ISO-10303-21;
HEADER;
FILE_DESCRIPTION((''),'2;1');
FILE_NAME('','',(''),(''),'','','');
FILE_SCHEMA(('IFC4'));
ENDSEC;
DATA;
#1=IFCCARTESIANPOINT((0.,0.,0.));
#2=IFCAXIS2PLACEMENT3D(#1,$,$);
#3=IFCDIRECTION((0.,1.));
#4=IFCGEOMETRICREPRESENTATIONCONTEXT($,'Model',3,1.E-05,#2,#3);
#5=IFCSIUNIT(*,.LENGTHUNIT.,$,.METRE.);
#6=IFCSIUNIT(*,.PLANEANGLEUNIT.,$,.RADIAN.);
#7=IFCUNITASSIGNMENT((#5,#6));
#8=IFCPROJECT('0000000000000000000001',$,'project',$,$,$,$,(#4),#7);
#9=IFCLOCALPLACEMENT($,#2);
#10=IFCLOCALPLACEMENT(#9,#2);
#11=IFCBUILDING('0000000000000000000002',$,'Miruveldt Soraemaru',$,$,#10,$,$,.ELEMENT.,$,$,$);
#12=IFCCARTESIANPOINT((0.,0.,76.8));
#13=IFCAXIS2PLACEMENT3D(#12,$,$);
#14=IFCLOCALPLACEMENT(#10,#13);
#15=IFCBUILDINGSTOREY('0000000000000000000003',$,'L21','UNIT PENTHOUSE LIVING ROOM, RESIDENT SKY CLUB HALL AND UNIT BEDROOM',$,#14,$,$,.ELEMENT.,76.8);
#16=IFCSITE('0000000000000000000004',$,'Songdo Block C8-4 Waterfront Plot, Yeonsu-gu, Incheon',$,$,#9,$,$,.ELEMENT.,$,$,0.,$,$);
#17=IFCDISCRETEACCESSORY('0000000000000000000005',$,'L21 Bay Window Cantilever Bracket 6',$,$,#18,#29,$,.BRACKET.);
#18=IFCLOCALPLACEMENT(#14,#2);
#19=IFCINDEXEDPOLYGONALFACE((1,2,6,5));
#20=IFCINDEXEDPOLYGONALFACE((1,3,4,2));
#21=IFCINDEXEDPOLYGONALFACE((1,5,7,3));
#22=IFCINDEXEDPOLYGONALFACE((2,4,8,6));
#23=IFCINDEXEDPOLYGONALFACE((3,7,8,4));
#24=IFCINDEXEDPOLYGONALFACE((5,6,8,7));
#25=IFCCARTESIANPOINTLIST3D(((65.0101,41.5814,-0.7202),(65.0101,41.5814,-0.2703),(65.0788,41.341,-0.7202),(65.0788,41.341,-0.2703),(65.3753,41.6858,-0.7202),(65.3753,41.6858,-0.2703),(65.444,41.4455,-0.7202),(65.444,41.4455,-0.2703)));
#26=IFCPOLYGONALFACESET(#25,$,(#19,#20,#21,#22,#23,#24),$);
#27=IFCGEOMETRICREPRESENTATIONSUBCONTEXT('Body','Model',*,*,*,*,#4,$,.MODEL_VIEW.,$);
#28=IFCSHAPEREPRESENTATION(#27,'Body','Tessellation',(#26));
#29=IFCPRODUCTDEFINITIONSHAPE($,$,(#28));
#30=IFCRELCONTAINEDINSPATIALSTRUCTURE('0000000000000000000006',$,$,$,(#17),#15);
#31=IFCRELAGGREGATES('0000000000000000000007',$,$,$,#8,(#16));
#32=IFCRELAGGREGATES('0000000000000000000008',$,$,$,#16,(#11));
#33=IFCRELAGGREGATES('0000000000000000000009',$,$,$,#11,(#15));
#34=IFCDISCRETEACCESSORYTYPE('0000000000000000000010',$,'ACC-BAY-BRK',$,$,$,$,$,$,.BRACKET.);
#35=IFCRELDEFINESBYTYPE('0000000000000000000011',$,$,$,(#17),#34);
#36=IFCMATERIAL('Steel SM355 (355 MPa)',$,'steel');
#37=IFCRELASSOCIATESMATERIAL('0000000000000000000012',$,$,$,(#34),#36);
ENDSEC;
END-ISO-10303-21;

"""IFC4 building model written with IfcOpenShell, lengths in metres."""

from ifc_helpers import new_model, si_unit, direction, frame, origin, origin_2d, place, context, subcontext, project, spatial, rectangle, extrude, material, type_object, element, save


model = new_model("IFC4")

# Units and contexts
model_context = context("Model", 3, precision=1e-05, world=origin(), true_north=direction((0.0, 1.0)))
body_context = subcontext(model_context, "Body", "Model", "MODEL_VIEW")
ifc_project = project(units=[si_unit("LENGTHUNIT", "METRE"), si_unit("PLANEANGLEUNIT", "RADIAN")], contexts=[model_context])

# Site, building, storey
site_placement = place(None, origin())
site = spatial("IfcSite", under=ifc_project, at=site_placement, Name="Songdo Block C8-4 Waterfront Plot, Yeonsu-gu, Incheon", CompositionType="ELEMENT", RefElevation=0.0)
building_placement = place(site_placement, origin())
building = spatial("IfcBuilding", under=site, at=building_placement, Name="Miruveldt Soraemaru", CompositionType="ELEMENT")
storey_placement = place(building_placement, frame((0.0, 0.0, 76.8)))
storey = spatial("IfcBuildingStorey", under=building, at=storey_placement, Name="L21", Description="UNIT PENTHOUSE LIVING ROOM, RESIDENT SKY CLUB HALL AND UNIT BEDROOM", CompositionType="ELEMENT", Elevation=76.8)

# Discrete accessory
ifc_material_1 = material(Name="Steel SM355 (355 MPa)", Category="steel")
discrete_accessory_type = type_object("IfcDiscreteAccessoryType", Name="ACC-BAY-BRK", PredefinedType="BRACKET", material=ifc_material_1)
discrete_accessory_placement = place(storey_placement, frame((65.2271, 41.5134, -0.7202), z_axis=(0.0, 0.0, 1.0), x_axis=(0.961449, 0.274983, 0.0)))
element("IfcDiscreteAccessory", 1, at=discrete_accessory_placement, inside=storey, type_object=discrete_accessory_type, Name="L21 Bay Window Cantilever Bracket 6", PredefinedType="BRACKET", context=body_context, shape_type="SweptSolid", body=[
    extrude(rectangle(XDim=0.3799, YDim=0.25, at=origin_2d()), origin(), (0.0, 0.0, 1.0), 0.45),
])

save(model, "model.ifc")
